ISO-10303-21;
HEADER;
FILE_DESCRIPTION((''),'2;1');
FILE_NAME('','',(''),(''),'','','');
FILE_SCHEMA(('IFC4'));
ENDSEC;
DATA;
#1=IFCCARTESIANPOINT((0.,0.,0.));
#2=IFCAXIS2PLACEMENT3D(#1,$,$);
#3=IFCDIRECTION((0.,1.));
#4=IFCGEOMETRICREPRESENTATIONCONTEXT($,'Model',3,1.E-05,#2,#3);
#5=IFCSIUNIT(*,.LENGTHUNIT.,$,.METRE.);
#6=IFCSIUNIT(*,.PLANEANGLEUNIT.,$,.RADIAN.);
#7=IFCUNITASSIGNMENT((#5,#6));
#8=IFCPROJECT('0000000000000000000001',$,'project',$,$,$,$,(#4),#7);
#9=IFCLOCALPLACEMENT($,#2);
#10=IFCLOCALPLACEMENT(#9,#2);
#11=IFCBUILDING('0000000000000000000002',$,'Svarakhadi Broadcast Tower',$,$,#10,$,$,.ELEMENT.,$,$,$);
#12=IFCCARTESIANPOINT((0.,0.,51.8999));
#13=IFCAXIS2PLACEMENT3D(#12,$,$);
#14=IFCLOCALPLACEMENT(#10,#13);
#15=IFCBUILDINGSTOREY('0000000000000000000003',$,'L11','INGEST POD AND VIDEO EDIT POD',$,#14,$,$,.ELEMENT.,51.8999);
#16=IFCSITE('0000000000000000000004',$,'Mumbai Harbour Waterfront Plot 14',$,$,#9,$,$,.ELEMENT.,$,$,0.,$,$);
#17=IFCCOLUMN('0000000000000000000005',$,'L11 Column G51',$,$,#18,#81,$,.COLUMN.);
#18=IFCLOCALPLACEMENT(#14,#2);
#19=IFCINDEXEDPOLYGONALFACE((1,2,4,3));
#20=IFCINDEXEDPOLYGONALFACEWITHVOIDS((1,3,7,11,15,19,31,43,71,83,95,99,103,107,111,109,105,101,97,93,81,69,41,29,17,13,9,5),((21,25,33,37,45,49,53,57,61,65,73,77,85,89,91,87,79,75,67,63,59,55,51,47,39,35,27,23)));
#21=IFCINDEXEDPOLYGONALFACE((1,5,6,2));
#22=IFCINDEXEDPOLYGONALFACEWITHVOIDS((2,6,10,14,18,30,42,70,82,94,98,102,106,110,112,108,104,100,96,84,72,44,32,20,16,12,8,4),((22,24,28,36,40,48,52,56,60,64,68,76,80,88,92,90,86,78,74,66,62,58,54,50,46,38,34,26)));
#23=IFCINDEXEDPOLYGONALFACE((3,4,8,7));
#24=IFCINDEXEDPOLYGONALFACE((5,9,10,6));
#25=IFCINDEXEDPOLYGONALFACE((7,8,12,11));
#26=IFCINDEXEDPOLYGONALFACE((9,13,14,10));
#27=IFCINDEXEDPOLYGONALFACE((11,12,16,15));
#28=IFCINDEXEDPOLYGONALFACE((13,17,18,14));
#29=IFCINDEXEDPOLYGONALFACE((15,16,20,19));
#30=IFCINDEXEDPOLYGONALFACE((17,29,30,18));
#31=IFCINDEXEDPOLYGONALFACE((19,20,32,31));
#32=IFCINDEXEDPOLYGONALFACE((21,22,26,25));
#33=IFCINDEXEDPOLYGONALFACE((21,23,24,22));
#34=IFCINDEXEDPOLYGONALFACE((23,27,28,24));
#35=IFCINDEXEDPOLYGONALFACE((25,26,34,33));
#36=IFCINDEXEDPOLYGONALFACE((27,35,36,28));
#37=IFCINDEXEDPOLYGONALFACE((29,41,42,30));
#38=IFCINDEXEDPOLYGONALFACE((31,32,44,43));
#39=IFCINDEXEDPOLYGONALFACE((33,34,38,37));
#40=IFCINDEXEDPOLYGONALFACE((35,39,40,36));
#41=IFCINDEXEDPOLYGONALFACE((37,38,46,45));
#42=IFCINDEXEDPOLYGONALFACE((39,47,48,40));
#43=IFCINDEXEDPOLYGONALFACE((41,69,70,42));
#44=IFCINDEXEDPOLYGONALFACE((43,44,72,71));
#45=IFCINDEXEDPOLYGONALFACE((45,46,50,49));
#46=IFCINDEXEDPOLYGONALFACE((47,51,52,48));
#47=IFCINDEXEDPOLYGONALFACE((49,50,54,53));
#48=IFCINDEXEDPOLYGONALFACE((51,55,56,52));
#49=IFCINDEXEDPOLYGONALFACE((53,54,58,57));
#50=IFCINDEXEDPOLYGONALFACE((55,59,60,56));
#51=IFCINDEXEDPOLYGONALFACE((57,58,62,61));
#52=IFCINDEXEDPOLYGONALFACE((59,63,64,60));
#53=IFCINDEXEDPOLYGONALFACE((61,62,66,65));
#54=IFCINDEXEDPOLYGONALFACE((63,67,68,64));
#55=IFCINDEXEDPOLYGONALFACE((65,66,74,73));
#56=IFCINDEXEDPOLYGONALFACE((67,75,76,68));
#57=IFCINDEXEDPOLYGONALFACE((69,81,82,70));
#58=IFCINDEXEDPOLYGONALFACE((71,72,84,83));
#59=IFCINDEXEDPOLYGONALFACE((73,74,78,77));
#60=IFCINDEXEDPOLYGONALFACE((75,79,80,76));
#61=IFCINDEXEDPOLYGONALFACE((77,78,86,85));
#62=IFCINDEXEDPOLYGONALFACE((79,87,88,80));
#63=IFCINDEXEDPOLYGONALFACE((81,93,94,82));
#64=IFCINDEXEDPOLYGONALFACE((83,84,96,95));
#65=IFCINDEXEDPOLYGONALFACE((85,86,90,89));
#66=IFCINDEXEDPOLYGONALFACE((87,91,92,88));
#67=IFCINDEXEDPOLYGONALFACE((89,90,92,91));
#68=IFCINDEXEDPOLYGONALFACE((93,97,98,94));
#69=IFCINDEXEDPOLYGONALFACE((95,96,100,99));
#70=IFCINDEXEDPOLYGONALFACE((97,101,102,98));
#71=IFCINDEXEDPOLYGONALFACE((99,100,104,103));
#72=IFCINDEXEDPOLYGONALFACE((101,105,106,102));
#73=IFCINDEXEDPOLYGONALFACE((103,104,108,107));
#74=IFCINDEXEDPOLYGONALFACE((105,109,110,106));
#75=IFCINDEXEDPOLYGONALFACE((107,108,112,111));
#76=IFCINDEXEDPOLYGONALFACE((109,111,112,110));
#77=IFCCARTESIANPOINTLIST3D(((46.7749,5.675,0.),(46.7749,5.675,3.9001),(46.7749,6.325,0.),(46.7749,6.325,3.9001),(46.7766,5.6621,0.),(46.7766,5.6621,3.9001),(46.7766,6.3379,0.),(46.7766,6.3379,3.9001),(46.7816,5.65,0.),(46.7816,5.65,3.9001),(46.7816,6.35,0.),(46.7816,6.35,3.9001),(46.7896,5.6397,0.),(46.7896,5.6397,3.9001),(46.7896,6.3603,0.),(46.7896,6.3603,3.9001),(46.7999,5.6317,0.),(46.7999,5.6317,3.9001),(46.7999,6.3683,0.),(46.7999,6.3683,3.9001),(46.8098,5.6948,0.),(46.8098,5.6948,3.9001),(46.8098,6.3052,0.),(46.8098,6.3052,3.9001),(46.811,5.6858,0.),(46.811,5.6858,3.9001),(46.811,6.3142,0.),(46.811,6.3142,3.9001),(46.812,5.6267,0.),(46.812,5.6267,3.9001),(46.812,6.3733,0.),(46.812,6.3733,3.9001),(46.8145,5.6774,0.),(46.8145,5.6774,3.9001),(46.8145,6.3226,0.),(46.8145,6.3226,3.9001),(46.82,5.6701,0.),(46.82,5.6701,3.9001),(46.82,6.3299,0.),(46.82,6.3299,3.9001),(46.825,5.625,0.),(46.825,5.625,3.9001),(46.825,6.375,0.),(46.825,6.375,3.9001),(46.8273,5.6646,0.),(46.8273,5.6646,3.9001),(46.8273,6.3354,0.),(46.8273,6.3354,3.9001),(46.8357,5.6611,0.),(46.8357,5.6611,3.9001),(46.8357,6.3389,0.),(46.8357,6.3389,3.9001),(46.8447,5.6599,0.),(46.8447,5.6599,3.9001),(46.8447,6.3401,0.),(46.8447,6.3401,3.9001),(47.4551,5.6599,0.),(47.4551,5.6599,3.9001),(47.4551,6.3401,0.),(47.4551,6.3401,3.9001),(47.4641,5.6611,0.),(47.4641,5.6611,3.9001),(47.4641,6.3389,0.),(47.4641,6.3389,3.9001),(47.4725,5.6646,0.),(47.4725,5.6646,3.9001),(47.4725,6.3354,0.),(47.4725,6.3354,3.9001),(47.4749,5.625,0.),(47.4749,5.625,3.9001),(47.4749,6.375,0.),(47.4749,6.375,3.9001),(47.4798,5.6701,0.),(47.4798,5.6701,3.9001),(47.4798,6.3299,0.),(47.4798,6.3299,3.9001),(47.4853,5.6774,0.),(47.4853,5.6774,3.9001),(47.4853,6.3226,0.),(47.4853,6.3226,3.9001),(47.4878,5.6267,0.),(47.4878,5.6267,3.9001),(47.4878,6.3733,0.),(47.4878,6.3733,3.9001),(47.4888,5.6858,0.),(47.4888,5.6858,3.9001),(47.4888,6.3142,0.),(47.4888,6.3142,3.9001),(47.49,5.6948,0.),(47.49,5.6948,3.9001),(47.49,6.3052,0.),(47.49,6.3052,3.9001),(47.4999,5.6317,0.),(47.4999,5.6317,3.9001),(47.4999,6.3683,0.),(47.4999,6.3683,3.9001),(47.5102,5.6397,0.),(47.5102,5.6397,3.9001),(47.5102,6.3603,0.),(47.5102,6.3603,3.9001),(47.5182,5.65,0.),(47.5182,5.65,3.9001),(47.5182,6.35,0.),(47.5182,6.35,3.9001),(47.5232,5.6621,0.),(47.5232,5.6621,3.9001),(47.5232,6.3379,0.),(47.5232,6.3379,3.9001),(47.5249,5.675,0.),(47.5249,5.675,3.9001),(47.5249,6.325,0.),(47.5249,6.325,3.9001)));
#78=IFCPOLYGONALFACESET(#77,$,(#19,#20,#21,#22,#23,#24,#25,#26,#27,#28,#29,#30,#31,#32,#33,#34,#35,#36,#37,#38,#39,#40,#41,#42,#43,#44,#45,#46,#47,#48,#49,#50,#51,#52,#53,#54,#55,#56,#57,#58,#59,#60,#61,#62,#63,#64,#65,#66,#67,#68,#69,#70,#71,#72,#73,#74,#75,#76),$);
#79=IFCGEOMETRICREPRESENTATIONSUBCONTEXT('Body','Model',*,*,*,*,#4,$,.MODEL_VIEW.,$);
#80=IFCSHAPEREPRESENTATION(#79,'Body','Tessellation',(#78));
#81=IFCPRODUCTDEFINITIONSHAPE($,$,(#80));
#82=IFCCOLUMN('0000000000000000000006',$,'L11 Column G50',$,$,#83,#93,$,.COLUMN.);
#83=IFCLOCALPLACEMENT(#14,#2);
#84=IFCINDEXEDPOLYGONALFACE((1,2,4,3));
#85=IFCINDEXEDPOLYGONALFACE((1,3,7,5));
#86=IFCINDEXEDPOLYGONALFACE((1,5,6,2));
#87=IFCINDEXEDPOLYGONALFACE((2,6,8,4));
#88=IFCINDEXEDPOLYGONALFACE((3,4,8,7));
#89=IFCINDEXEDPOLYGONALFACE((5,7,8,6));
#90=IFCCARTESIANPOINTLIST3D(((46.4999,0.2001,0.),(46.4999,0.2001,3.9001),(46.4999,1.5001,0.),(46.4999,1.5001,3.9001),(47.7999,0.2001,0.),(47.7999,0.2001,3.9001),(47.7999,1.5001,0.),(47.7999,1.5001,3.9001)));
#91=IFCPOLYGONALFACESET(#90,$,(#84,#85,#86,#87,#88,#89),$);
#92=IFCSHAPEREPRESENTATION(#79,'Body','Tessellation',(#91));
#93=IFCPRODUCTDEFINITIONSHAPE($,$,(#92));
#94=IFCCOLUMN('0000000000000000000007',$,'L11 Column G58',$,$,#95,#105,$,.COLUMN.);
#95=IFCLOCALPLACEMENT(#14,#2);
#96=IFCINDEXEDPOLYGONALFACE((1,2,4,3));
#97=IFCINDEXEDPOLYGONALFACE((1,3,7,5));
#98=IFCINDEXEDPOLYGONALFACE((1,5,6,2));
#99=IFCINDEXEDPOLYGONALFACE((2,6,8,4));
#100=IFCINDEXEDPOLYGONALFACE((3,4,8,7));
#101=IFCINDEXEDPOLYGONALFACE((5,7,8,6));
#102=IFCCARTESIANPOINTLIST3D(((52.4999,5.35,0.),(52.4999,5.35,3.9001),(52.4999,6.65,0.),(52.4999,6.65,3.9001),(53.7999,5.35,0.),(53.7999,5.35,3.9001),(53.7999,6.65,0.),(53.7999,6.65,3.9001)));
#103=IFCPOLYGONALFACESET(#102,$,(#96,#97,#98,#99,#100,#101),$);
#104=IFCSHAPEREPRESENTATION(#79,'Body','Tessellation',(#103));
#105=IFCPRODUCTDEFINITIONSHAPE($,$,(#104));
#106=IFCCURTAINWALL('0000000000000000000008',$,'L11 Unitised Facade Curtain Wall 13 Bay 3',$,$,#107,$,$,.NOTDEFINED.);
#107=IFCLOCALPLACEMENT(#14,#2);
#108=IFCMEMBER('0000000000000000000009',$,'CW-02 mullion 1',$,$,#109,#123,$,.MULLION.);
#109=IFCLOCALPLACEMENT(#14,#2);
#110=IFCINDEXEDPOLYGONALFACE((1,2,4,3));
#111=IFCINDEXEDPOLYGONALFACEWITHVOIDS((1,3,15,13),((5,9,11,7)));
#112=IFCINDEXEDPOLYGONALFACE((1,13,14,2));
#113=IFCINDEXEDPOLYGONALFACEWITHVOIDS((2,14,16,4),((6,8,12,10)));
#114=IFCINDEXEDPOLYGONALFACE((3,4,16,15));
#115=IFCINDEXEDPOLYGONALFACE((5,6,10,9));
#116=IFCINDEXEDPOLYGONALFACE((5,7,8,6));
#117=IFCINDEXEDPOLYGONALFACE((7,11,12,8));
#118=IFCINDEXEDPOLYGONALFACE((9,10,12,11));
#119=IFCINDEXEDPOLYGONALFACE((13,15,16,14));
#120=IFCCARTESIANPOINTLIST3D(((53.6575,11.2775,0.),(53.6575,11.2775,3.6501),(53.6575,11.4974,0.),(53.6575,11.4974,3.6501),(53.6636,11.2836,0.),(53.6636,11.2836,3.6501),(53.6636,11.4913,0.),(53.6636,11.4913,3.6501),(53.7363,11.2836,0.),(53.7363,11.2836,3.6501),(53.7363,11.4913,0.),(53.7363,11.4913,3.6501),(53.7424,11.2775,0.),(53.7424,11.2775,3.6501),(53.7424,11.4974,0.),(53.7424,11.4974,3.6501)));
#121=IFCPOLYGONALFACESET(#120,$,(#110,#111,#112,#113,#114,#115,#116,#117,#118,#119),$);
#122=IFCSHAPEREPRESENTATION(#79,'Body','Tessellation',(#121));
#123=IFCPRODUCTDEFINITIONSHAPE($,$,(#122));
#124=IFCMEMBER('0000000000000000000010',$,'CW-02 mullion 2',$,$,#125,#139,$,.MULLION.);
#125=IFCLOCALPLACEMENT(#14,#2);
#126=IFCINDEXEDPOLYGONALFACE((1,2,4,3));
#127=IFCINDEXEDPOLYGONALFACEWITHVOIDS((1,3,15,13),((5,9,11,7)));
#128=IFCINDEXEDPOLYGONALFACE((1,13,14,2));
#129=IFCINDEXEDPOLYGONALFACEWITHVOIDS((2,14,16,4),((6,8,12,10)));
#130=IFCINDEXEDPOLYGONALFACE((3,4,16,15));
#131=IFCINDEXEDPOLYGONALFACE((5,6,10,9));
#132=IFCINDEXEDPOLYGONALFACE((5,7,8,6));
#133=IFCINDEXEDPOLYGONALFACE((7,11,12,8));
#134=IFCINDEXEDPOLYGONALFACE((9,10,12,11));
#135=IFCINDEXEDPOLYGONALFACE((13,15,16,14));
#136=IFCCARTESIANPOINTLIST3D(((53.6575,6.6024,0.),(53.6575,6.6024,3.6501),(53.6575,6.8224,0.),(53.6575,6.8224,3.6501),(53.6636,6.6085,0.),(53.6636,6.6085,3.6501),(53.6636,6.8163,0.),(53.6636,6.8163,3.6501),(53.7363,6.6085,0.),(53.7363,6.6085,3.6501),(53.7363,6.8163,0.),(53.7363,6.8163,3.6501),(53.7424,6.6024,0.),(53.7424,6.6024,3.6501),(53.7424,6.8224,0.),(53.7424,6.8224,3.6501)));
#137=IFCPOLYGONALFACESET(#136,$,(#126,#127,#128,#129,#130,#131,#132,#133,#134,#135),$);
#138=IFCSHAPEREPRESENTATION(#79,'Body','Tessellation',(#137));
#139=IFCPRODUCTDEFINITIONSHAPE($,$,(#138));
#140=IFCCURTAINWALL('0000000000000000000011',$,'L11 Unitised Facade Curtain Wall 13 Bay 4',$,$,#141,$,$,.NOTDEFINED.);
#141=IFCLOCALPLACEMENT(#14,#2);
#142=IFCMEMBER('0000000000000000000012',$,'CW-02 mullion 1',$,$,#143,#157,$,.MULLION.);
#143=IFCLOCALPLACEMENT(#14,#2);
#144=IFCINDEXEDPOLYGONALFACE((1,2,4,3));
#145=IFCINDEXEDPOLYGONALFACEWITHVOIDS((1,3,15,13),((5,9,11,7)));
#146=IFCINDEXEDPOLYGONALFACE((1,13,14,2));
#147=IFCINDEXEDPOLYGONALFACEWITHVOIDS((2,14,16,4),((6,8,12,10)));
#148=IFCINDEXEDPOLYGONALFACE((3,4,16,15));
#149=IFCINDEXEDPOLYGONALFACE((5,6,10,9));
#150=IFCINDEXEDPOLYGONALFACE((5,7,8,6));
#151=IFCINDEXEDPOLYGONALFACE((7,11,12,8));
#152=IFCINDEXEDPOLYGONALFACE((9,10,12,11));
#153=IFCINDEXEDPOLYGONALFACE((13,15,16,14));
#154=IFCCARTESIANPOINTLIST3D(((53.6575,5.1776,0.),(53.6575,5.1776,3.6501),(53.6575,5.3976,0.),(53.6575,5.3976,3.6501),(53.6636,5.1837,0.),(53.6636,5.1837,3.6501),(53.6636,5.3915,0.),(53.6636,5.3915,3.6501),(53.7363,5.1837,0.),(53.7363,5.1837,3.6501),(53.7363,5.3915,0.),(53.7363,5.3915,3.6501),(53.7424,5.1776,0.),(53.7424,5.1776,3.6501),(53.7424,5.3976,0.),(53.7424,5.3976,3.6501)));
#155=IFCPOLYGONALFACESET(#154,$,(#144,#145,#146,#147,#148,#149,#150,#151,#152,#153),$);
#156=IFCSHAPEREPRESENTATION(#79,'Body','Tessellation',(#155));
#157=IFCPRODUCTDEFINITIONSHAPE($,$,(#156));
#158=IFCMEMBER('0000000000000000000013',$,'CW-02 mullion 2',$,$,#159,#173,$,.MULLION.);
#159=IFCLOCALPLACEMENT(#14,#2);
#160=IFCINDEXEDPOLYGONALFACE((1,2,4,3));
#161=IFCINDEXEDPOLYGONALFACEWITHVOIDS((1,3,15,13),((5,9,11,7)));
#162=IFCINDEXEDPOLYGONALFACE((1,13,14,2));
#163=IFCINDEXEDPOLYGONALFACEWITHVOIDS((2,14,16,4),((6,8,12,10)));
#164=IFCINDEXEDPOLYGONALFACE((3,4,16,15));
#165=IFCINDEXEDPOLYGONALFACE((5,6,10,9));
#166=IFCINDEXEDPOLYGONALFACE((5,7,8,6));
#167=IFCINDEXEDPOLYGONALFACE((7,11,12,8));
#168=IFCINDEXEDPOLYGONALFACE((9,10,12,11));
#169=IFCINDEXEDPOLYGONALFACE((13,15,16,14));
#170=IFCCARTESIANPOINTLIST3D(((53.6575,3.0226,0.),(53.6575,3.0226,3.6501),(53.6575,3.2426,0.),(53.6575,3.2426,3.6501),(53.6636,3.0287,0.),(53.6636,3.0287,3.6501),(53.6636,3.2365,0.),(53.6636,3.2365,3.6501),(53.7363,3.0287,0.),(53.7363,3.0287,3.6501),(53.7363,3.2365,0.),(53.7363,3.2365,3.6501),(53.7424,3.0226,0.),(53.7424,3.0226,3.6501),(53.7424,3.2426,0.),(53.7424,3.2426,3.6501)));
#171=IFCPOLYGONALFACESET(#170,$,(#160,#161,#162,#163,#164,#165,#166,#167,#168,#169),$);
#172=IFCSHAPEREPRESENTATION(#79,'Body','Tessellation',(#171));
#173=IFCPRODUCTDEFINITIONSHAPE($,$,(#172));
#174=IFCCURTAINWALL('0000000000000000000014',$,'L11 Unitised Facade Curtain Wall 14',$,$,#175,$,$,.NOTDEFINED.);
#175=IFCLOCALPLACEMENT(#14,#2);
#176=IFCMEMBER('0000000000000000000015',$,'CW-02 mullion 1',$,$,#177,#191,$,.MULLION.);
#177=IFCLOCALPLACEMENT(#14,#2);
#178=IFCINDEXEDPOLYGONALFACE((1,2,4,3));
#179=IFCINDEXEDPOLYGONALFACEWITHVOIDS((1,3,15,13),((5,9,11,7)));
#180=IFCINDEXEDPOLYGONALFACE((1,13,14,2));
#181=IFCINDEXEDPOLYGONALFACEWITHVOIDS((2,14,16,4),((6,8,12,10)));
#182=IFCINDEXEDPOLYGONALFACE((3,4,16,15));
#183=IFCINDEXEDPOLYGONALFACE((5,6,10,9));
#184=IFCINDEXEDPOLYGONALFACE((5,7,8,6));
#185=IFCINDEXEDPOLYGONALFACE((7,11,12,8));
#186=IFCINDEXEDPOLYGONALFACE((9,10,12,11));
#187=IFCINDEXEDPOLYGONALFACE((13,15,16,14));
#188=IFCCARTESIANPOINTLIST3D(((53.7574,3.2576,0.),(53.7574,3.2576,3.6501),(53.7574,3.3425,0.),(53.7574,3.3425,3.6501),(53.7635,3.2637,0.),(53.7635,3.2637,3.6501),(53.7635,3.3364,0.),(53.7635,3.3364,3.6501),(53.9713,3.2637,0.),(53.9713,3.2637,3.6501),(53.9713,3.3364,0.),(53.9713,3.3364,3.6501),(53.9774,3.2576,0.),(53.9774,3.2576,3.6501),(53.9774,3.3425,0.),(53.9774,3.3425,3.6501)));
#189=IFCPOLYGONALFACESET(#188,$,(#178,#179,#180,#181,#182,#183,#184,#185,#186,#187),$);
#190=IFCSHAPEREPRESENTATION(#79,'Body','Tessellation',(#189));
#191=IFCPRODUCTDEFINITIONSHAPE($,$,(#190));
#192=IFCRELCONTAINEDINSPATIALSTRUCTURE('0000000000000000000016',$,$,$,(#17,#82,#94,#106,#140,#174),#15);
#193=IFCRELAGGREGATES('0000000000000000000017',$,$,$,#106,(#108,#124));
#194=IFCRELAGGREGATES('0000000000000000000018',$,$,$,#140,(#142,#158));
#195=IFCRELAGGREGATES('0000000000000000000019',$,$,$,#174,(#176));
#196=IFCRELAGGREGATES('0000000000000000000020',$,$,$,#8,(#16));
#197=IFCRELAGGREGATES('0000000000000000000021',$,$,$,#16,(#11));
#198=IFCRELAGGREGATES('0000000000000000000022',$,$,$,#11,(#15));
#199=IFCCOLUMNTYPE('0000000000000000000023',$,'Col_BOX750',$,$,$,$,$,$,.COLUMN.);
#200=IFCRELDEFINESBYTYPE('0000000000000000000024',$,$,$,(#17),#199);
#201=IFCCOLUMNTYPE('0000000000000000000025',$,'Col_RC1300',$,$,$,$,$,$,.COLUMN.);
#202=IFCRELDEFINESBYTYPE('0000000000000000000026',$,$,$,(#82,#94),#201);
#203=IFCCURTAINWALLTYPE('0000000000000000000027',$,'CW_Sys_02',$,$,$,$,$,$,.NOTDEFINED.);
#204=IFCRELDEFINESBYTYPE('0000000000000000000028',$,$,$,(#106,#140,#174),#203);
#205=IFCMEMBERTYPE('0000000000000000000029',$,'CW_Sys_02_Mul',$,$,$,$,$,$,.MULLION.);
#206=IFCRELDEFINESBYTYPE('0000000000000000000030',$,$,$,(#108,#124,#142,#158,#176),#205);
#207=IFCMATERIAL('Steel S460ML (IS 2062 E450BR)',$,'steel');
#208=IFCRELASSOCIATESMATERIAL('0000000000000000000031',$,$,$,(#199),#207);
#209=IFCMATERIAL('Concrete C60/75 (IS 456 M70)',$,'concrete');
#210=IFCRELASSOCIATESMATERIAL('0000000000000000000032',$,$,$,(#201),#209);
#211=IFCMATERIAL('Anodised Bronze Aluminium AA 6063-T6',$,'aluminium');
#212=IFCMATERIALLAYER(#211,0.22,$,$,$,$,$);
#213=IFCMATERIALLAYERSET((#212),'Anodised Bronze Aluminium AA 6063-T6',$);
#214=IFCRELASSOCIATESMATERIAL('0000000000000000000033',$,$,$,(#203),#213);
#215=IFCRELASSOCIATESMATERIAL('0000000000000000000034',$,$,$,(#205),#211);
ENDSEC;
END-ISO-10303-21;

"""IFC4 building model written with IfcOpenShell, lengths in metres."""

from ifc_helpers import new_model, si_unit, direction, frame, origin, origin_2d, place, context, subcontext, project, spatial, rectangle, hollow_rectangle, extrude, material, layer, layer_set, material_profile, profile_set, type_object, element, aggregate, save


model = new_model("IFC4")

# Units and contexts
model_context = context("Model", 3, precision=1e-05, world=origin(), true_north=direction((0.0, 1.0)))
body_context = subcontext(model_context, "Body", "Model", "MODEL_VIEW")
ifc_project = project(units=[si_unit("LENGTHUNIT", "METRE"), si_unit("PLANEANGLEUNIT", "RADIAN")], contexts=[model_context])

# Site, building, storey
site_placement = place(None, origin())
site = spatial("IfcSite", under=ifc_project, at=site_placement, Name="Mumbai Harbour Waterfront Plot 14", CompositionType="ELEMENT", RefElevation=0.0)
building_placement = place(site_placement, origin())
building = spatial("IfcBuilding", under=site, at=building_placement, Name="Svarakhadi Broadcast Tower", CompositionType="ELEMENT")
storey_placement = place(building_placement, frame((0.0, 0.0, 51.8999)))
storey = spatial("IfcBuildingStorey", under=building, at=storey_placement, Name="L11", Description="INGEST POD AND VIDEO EDIT POD", CompositionType="ELEMENT", Elevation=51.8999)

# Columns
ifc_material_1 = material(Name="Steel S460ML (IS 2062 E450BR)", Category="steel")
ifc_material_profile_1 = material_profile(ifc_material_1, hollow_rectangle(XDim=0.75, YDim=0.75, WallThickness=0.0349, InnerFilletRadius=0.0349, OuterFilletRadius=0.05, at=origin_2d()), Name="BOX 750x750x35")
ifc_profile_set_1 = profile_set([ifc_material_profile_1], Name="Steel S460ML (IS 2062 E450BR)")
column_type_1 = type_object("IfcColumnType", Name="Col_BOX750", PredefinedType="COLUMN", material=ifc_profile_set_1)
column_placement = place(storey_placement, frame((47.1499, 6.0, 0.0), z_axis=(0.0, 0.0, 1.0), x_axis=(1.0, 0.0, 0.0)))
element("IfcColumn", 1, at=column_placement, inside=storey, type_object=column_type_1, Name="L11 Column G51", PredefinedType="COLUMN", context=body_context, shape_type="SweptSolid", body=[
    extrude(hollow_rectangle(XDim=0.75, YDim=0.75, WallThickness=0.0349, InnerFilletRadius=0.0349, OuterFilletRadius=0.05, at=origin_2d()), origin(), (0.0, 0.0, 1.0), 3.9001),
])
ifc_material_2 = material(Name="Concrete C60/75 (IS 456 M70)", Category="concrete")
ifc_material_profile_2 = material_profile(ifc_material_2, rectangle(XDim=1.3, YDim=1.3, at=origin_2d()), Name="RC 1300x1300")
ifc_profile_set_2 = profile_set([ifc_material_profile_2], Name="Concrete C60/75 (IS 456 M70)")
column_type_2 = type_object("IfcColumnType", Name="Col_RC1300", PredefinedType="COLUMN", material=ifc_profile_set_2)
for number, where, z_axis, x_axis, name in (
    (2, (47.1499, 0.8501, 0.0), (0.0, 0.0, 1.0), (1.0, 0.0, 0.0), "L11 Column G50"),
    (3, (53.1499, 6.0, 0.0), (0.0, 0.0, 1.0), (1.0, 0.0, 0.0), "L11 Column G58"),
):
    element("IfcColumn", number, at=place(storey_placement, frame(where, z_axis=z_axis, x_axis=x_axis)), inside=storey, type_object=column_type_2, Name=name, PredefinedType="COLUMN", context=body_context, shape_type="SweptSolid", body=[
        extrude(rectangle(XDim=1.3, YDim=1.3, at=origin_2d()), origin(), (0.0, 0.0, 1.0), 3.9001),
    ])

# Curtain walls, members
ifc_material_3 = material(Name="Anodised Bronze Aluminium AA 6063-T6", Category="aluminium")
ifc_layer_1 = layer(ifc_material_3, 0.22)
ifc_layer_set_1 = layer_set([ifc_layer_1], Name="Anodised Bronze Aluminium AA 6063-T6")
curtain_wall_type = type_object("IfcCurtainWallType", Name="CW_Sys_02", PredefinedType="NOTDEFINED", material=ifc_layer_set_1)
curtain_wall_1_placement = place(storey_placement, origin())
curtain_wall_1 = element("IfcCurtainWall", 4, at=curtain_wall_1_placement, inside=storey, type_object=curtain_wall_type, Name="L11 Unitised Facade Curtain Wall 13 Bay 3", PredefinedType="NOTDEFINED")
ifc_material_profile_3 = material_profile(ifc_material_3, hollow_rectangle(XDim=0.085, YDim=0.22, WallThickness=0.0061, at=origin_2d()), Name="ALU MULLION 220x85x6")
ifc_profile_set_3 = profile_set([ifc_material_profile_3], Name="Anodised Bronze Aluminium AA 6063-T6")
member_type_1 = type_object("IfcMemberType", Name="CW_Sys_02_Mul", PredefinedType="MULLION", material=ifc_profile_set_3)
member_1_placement = place(storey_placement, frame((53.7, 11.3875, 0.0), z_axis=(0.0, 0.0, 1.0), x_axis=(1.0, 0.0, 0.0)))
member_1 = element("IfcMember", 5, at=member_1_placement, type_object=member_type_1, Name="CW-02 mullion 1", PredefinedType="MULLION", context=body_context, shape_type="SweptSolid", body=[
    extrude(hollow_rectangle(XDim=0.085, YDim=0.22, WallThickness=0.0061, at=origin_2d()), origin(), (0.0, 0.0, 1.0), 3.6501),
])
member_2_placement = place(storey_placement, frame((53.7, 6.7124, 0.0), z_axis=(0.0, 0.0, 1.0), x_axis=(1.0, 0.0, 0.0)))
member_2 = element("IfcMember", 6, at=member_2_placement, type_object=member_type_1, Name="CW-02 mullion 2", PredefinedType="MULLION", context=body_context, shape_type="SweptSolid", body=[
    extrude(hollow_rectangle(XDim=0.085, YDim=0.22, WallThickness=0.0061, at=origin_2d()), origin(), (0.0, 0.0, 1.0), 3.6501),
])
curtain_wall_2_placement = place(storey_placement, origin())
curtain_wall_2 = element("IfcCurtainWall", 7, at=curtain_wall_2_placement, inside=storey, type_object=curtain_wall_type, Name="L11 Unitised Facade Curtain Wall 13 Bay 4", PredefinedType="NOTDEFINED")
member_3_placement = place(storey_placement, frame((53.7, 5.2876, 0.0), z_axis=(0.0, 0.0, 1.0), x_axis=(1.0, 0.0, 0.0)))
member_3 = element("IfcMember", 8, at=member_3_placement, type_object=member_type_1, Name="CW-02 mullion 1", PredefinedType="MULLION", context=body_context, shape_type="SweptSolid", body=[
    extrude(hollow_rectangle(XDim=0.085, YDim=0.22, WallThickness=0.0061, at=origin_2d()), origin(), (0.0, 0.0, 1.0), 3.6501),
])
member_4_placement = place(storey_placement, frame((53.7, 3.1326, 0.0), z_axis=(0.0, 0.0, 1.0), x_axis=(1.0, 0.0, 0.0)))
member_4 = element("IfcMember", 9, at=member_4_placement, type_object=member_type_1, Name="CW-02 mullion 2", PredefinedType="MULLION", context=body_context, shape_type="SweptSolid", body=[
    extrude(hollow_rectangle(XDim=0.085, YDim=0.22, WallThickness=0.0061, at=origin_2d()), origin(), (0.0, 0.0, 1.0), 3.6501),
])
curtain_wall_3_placement = place(storey_placement, origin())
curtain_wall_3 = element("IfcCurtainWall", 10, at=curtain_wall_3_placement, inside=storey, type_object=curtain_wall_type, Name="L11 Unitised Facade Curtain Wall 14", PredefinedType="NOTDEFINED")
member_5_placement = place(storey_placement, frame((53.8674, 3.3, 0.0), z_axis=(0.0, 0.0, 1.0), x_axis=(0.0, -1.0, 0.0)))
member_5 = element("IfcMember", 11, at=member_5_placement, type_object=member_type_1, Name="CW-02 mullion 1", PredefinedType="MULLION", context=body_context, shape_type="SweptSolid", body=[
    extrude(hollow_rectangle(XDim=0.085, YDim=0.22, WallThickness=0.0061, at=origin_2d()), origin(), (0.0, 0.0, 1.0), 3.6501),
])

aggregate(curtain_wall_1, [member_1, member_2])
aggregate(curtain_wall_2, [member_3, member_4])
aggregate(curtain_wall_3, [member_5])

save(model, "model.ifc")
